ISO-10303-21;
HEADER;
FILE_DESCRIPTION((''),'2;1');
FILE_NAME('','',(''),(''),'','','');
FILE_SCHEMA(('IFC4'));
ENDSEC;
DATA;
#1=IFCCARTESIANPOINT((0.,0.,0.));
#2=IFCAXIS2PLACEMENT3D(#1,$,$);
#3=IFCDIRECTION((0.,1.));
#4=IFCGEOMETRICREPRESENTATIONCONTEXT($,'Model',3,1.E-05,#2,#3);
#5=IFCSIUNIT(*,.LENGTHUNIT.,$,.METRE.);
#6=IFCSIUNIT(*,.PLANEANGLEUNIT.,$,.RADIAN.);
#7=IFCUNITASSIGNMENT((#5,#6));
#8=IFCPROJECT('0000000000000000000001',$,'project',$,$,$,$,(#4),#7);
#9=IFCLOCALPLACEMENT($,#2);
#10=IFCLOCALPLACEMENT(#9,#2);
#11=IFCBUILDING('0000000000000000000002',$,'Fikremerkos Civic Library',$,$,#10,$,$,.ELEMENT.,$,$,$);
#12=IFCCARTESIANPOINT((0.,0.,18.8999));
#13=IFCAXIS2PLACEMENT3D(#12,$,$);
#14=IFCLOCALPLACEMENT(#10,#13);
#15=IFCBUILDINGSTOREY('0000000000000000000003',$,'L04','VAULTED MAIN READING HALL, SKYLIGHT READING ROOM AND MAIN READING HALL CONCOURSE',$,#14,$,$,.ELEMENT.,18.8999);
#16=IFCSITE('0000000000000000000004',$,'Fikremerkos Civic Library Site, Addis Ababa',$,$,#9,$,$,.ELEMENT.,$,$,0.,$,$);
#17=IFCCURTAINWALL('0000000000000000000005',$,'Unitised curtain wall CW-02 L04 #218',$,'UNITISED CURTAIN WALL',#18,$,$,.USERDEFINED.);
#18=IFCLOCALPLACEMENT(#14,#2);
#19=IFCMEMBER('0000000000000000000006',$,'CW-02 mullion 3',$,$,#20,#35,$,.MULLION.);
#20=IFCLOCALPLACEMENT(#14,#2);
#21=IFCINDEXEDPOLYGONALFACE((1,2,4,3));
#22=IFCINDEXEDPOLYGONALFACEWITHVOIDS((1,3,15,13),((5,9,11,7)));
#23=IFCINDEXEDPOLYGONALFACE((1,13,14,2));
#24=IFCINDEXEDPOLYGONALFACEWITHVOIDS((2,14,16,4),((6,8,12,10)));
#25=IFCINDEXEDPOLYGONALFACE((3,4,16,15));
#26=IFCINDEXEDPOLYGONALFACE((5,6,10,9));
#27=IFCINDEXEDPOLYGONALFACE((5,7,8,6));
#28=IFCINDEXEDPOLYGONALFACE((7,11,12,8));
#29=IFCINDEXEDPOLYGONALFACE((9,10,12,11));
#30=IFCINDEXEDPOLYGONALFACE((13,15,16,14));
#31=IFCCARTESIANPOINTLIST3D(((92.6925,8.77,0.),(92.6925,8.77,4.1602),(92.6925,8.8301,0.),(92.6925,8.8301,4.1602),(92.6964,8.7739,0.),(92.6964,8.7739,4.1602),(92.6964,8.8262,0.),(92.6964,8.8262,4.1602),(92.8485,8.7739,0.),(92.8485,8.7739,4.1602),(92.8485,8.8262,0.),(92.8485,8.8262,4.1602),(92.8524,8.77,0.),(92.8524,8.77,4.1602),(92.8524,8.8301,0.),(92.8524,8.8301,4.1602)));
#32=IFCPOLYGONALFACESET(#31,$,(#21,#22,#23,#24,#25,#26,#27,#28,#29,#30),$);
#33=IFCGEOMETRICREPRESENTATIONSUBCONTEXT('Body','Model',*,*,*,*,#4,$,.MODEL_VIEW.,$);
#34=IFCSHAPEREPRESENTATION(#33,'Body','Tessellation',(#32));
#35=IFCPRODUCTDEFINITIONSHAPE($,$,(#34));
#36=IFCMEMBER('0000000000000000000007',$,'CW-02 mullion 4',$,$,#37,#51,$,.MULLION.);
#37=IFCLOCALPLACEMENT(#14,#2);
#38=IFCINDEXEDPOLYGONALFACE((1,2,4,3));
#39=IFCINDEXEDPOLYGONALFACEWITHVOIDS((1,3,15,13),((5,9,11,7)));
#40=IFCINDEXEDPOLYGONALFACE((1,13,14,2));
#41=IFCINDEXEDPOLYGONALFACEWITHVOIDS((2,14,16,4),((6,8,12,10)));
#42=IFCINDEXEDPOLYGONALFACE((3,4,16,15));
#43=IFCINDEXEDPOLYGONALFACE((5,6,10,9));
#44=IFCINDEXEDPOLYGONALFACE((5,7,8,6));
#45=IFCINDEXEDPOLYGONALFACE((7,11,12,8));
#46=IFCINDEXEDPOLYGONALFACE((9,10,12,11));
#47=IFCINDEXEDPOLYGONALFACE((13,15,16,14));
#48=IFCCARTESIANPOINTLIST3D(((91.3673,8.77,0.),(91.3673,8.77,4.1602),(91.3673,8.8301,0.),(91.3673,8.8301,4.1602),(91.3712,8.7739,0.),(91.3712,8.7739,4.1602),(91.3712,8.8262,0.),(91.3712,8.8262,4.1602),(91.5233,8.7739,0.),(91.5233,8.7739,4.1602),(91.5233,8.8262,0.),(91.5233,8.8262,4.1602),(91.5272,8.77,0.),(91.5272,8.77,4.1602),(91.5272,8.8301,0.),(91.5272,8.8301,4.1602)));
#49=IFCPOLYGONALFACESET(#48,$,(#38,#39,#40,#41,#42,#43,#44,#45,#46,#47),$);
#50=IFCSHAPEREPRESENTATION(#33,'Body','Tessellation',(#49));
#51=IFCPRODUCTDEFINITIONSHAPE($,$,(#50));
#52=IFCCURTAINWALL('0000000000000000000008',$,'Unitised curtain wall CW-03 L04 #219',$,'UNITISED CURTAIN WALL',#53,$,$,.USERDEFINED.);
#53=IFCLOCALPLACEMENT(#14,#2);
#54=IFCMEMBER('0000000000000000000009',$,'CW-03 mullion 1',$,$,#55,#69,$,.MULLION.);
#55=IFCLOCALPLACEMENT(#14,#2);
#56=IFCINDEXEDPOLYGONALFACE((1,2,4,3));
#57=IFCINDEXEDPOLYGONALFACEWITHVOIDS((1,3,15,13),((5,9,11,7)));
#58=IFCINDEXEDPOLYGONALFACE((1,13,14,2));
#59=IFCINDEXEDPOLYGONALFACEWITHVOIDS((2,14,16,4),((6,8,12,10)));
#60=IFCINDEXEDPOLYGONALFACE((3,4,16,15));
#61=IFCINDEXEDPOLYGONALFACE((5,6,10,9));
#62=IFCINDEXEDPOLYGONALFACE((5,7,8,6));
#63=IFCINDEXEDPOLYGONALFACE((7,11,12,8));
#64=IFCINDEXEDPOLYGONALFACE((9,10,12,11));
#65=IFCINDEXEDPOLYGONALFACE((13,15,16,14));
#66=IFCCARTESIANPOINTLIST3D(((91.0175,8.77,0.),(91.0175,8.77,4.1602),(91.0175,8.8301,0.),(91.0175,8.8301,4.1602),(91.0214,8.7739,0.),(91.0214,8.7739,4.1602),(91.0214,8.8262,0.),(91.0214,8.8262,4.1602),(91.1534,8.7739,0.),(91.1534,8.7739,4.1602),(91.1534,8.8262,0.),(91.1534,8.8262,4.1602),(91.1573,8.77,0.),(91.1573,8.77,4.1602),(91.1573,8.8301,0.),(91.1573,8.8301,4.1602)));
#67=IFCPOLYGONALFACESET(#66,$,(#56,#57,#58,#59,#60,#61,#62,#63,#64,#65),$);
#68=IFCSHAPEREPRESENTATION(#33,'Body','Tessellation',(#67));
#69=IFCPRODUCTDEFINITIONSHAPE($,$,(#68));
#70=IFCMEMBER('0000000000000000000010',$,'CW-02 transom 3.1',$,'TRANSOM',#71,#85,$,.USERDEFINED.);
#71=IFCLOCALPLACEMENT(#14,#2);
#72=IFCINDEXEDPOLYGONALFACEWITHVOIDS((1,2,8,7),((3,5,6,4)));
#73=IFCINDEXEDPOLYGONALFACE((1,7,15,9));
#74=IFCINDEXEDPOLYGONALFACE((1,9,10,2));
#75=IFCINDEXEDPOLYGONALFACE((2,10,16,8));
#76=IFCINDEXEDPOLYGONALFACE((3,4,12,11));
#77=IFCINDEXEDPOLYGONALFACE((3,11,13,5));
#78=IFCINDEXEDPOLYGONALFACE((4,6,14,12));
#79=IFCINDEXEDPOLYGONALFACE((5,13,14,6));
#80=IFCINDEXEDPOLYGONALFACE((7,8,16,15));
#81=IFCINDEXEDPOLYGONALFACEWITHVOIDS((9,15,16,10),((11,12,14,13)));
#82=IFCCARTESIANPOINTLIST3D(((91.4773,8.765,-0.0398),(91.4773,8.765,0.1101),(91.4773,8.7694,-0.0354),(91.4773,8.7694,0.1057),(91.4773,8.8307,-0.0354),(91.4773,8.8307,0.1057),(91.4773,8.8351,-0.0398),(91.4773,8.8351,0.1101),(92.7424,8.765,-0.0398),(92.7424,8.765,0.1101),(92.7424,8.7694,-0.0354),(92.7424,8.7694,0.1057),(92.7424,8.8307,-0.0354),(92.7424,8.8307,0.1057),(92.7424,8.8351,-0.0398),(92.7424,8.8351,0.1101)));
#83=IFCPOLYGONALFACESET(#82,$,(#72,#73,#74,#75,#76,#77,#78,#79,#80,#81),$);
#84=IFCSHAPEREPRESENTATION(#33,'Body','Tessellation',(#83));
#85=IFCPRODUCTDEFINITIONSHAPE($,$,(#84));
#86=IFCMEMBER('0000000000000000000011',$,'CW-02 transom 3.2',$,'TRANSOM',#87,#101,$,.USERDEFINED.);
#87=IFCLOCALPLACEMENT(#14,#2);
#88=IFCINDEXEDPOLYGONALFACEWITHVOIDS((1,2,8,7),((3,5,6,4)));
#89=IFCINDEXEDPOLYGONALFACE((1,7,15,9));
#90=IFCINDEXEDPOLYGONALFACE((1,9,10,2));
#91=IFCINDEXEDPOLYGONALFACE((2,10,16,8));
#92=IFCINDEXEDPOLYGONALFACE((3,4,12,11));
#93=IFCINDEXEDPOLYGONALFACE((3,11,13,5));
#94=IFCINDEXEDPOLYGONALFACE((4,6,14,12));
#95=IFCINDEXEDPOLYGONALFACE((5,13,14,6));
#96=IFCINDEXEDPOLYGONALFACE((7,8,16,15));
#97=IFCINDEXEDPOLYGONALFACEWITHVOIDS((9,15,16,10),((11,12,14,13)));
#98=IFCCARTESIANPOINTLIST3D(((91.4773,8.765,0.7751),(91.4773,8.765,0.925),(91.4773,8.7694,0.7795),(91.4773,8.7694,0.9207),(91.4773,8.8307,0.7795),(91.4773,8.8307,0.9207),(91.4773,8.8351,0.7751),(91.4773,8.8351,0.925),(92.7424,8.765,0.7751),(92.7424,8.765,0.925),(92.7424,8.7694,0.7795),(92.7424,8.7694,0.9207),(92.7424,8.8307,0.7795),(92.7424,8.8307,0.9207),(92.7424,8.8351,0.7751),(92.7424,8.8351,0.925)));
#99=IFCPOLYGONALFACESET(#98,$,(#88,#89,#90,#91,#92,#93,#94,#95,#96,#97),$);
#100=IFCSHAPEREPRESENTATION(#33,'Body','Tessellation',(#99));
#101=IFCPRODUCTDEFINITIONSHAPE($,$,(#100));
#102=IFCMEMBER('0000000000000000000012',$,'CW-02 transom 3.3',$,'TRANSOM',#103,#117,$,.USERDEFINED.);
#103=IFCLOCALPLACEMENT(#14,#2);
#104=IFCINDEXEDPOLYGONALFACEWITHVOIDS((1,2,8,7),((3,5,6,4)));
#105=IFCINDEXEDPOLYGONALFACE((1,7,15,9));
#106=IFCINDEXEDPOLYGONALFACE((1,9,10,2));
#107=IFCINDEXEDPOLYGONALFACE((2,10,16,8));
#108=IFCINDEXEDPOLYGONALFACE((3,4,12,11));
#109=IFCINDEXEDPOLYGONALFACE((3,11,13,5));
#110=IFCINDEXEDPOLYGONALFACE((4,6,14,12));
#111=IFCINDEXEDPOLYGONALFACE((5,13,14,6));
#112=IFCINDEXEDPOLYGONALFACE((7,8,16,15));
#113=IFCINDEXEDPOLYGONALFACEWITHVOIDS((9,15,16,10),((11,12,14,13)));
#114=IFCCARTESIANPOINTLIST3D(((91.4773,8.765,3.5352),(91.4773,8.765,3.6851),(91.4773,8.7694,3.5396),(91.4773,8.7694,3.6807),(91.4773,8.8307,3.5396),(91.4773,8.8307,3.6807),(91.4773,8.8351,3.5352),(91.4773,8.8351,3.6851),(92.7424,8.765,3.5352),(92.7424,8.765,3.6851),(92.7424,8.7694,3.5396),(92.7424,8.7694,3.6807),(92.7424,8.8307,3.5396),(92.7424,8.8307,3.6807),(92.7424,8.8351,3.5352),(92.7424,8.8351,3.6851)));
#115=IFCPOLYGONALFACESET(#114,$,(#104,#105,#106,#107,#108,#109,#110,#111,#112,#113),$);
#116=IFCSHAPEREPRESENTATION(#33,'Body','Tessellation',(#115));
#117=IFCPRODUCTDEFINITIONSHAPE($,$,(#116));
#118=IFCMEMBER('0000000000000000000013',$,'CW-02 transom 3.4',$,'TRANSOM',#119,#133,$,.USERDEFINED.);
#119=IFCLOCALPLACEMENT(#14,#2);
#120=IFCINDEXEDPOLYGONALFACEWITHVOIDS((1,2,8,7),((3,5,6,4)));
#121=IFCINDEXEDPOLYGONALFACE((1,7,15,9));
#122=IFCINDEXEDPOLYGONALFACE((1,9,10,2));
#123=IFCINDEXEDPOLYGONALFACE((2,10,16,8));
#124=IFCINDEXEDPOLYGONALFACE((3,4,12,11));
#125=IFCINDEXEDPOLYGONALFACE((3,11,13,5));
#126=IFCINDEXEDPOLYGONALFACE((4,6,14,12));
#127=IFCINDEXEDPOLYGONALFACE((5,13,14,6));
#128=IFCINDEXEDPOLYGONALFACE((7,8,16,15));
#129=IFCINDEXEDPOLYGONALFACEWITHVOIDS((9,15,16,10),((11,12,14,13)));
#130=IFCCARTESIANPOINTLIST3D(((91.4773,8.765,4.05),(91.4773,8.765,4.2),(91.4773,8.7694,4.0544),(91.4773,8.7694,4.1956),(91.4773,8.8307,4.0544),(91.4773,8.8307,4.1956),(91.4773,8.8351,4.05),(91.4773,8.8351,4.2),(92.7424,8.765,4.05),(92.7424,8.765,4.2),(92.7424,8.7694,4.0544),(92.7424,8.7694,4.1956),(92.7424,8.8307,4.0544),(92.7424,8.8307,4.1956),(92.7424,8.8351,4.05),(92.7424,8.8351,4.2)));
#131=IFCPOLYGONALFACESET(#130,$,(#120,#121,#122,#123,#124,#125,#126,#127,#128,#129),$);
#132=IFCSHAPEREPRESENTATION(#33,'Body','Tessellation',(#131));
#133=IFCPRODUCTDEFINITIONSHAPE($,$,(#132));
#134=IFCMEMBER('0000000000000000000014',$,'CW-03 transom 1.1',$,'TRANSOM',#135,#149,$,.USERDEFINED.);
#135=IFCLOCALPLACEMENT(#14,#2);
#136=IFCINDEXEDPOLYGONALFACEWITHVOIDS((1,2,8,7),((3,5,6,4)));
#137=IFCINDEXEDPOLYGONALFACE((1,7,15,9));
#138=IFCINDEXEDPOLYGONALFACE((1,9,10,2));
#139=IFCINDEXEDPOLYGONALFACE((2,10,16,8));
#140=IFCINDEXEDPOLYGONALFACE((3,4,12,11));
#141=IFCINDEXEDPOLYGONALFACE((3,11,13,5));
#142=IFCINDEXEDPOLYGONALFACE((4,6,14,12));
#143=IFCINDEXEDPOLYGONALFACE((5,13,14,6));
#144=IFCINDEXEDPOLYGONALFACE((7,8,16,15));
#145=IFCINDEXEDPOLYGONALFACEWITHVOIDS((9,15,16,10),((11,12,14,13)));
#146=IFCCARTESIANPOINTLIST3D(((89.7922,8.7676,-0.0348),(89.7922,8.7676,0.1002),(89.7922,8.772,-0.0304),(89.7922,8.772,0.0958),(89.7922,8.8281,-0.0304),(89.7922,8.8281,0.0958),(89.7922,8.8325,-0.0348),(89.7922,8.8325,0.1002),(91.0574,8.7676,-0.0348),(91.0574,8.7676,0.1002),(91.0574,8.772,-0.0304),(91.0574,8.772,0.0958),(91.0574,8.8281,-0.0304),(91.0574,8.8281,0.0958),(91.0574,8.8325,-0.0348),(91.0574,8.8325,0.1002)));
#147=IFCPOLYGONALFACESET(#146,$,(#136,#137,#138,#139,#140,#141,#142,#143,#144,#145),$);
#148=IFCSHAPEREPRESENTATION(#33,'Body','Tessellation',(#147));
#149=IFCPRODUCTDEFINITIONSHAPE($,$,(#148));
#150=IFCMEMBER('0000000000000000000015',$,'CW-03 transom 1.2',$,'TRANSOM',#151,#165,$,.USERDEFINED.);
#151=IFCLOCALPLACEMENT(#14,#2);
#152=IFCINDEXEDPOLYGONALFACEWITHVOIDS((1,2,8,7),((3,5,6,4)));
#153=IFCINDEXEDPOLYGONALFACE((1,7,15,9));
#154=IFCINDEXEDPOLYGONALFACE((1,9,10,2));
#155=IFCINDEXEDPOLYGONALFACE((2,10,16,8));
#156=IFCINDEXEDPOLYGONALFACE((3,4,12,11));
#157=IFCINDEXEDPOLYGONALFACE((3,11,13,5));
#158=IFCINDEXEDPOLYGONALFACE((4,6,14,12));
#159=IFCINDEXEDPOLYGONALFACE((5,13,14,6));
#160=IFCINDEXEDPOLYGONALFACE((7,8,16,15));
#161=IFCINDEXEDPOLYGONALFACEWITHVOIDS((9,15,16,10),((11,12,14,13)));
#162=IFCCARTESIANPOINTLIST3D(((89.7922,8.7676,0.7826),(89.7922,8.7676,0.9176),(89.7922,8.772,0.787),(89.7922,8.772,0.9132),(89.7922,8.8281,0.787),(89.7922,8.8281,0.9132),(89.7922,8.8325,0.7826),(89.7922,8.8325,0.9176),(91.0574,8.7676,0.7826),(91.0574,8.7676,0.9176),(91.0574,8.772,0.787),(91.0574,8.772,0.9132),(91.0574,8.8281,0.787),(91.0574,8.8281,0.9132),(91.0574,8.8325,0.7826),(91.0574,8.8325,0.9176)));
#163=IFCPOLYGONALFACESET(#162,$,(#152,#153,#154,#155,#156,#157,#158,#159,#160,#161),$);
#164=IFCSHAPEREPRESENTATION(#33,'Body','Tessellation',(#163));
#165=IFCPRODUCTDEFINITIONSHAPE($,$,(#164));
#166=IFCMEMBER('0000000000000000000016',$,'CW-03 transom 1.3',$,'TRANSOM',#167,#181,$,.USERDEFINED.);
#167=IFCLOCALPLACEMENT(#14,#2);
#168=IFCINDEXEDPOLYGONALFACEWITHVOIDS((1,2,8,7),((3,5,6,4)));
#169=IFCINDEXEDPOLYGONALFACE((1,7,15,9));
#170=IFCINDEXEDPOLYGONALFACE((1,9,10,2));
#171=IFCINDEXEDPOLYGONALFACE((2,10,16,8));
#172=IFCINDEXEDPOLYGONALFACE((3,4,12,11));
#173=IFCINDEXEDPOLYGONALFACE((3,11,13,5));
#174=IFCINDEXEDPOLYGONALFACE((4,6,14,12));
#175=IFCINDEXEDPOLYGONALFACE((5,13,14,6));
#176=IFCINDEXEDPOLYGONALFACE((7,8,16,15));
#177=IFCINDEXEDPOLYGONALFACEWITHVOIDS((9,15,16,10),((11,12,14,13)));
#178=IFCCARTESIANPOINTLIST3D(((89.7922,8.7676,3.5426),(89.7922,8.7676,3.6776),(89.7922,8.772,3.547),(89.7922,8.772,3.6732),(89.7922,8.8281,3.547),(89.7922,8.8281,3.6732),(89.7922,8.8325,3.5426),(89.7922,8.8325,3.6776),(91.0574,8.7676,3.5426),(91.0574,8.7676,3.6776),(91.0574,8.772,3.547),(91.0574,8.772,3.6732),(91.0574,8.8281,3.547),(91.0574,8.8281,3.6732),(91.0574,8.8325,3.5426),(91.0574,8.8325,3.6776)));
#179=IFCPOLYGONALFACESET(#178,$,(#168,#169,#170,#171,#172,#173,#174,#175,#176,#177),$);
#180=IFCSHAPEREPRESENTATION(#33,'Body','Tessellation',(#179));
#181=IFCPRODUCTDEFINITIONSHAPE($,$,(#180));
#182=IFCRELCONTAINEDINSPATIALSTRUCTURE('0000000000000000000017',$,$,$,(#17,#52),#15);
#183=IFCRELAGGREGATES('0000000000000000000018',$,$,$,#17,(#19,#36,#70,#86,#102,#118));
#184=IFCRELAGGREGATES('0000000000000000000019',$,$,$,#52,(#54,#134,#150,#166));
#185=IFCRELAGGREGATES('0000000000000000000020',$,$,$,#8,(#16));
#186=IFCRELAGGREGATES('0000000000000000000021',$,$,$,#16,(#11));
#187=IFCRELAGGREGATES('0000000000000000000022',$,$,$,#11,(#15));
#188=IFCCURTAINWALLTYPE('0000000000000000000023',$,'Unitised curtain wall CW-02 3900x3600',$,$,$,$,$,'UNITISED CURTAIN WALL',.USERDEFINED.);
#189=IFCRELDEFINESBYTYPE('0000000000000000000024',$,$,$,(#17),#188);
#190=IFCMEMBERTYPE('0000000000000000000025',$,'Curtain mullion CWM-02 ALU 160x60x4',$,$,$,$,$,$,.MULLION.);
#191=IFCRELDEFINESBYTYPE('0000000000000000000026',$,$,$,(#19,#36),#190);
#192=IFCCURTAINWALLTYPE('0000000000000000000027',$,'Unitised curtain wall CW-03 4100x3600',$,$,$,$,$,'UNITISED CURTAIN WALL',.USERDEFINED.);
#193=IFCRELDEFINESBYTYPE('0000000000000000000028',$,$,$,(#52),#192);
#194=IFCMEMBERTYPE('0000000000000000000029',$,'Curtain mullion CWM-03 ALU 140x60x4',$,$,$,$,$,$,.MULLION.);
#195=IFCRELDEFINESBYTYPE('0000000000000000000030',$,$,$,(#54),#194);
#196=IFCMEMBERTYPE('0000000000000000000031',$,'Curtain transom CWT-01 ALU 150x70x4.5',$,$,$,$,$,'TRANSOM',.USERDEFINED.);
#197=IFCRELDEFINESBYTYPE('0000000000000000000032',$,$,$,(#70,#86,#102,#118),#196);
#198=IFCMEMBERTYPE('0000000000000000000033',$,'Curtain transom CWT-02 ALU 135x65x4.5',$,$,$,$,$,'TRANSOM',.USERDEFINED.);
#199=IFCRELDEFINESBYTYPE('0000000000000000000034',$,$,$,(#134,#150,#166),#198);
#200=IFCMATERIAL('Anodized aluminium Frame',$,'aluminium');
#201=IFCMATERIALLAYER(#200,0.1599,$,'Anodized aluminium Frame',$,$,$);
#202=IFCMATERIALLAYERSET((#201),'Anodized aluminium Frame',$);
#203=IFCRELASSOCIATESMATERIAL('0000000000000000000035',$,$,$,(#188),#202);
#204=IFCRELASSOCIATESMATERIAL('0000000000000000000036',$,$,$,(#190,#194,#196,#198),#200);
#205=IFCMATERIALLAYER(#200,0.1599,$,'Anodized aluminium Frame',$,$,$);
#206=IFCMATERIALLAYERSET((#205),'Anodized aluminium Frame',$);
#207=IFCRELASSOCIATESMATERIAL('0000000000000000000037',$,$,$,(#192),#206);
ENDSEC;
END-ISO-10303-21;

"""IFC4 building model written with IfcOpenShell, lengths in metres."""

from ifc_helpers import new_model, si_unit, direction, frame, origin, origin_2d, place, context, subcontext, project, spatial, hollow_rectangle, extrude, material, layer, layer_set, material_profile, profile_set, type_object, element, aggregate, save


model = new_model("IFC4")

# Units and contexts
model_context = context("Model", 3, precision=1e-05, world=origin(), true_north=direction((0.0, 1.0)))
body_context = subcontext(model_context, "Body", "Model", "MODEL_VIEW")
ifc_project = project(units=[si_unit("LENGTHUNIT", "METRE"), si_unit("PLANEANGLEUNIT", "RADIAN")], contexts=[model_context])

# Site, building, storey
site_placement = place(None, origin())
site = spatial("IfcSite", under=ifc_project, at=site_placement, Name="Fikremerkos Civic Library Site, Addis Ababa", CompositionType="ELEMENT", RefElevation=0.0)
building_placement = place(site_placement, origin())
building = spatial("IfcBuilding", under=site, at=building_placement, Name="Fikremerkos Civic Library", CompositionType="ELEMENT")
storey_placement = place(building_placement, frame((0.0, 0.0, 18.8999)))
storey = spatial("IfcBuildingStorey", under=building, at=storey_placement, Name="L04", Description="VAULTED MAIN READING HALL, SKYLIGHT READING ROOM AND MAIN READING HALL CONCOURSE", CompositionType="ELEMENT", Elevation=18.8999)

# Curtain wall, members
ifc_material_1 = material(Name="Anodized aluminium Frame", Category="aluminium")
ifc_layer_1 = layer(ifc_material_1, 0.1599, Name="Anodized aluminium Frame")
ifc_layer_set_1 = layer_set([ifc_layer_1], Name="Anodized aluminium Frame")
curtain_wall_type_1 = type_object("IfcCurtainWallType", Name="Unitised curtain wall CW-02 3900x3600", ElementType="UNITISED CURTAIN WALL", PredefinedType="USERDEFINED", material=ifc_layer_set_1)
curtain_wall_1_placement = place(storey_placement, origin())
curtain_wall_1 = element("IfcCurtainWall", 1, at=curtain_wall_1_placement, inside=storey, type_object=curtain_wall_type_1, Name="Unitised curtain wall CW-02 L04 #218", ObjectType="UNITISED CURTAIN WALL", PredefinedType="USERDEFINED")
ifc_material_profile_1 = material_profile(ifc_material_1, hollow_rectangle(XDim=0.0601, YDim=0.1599, WallThickness=0.0039, at=origin_2d()), Name="ALU 160x60x4")
ifc_profile_set_1 = profile_set([ifc_material_profile_1], Name="Anodized aluminium Frame")
member_type_1 = type_object("IfcMemberType", Name="Curtain mullion CWM-02 ALU 160x60x4", PredefinedType="MULLION", material=ifc_profile_set_1)
member_1_placement = place(storey_placement, frame((92.7725, 8.8, 0.0), z_axis=(0.0, 0.0, 1.0), x_axis=(0.0, -1.0, 0.0)))
member_1 = element("IfcMember", 2, at=member_1_placement, type_object=member_type_1, Name="CW-02 mullion 3", PredefinedType="MULLION", context=body_context, shape_type="SweptSolid", body=[
    extrude(hollow_rectangle(XDim=0.0601, YDim=0.1599, WallThickness=0.0039, at=origin_2d()), origin(), (0.0, 0.0, 1.0), 4.1602),
])
member_2_placement = place(storey_placement, frame((91.4473, 8.8, 0.0), z_axis=(0.0, 0.0, 1.0), x_axis=(0.0, -1.0, 0.0)))
member_2 = element("IfcMember", 3, at=member_2_placement, type_object=member_type_1, Name="CW-02 mullion 4", PredefinedType="MULLION", context=body_context, shape_type="SweptSolid", body=[
    extrude(hollow_rectangle(XDim=0.0601, YDim=0.1599, WallThickness=0.0039, at=origin_2d()), origin(), (0.0, 0.0, 1.0), 4.1602),
])

# Curtain wall, member
ifc_layer_2 = layer(ifc_material_1, 0.1599, Name="Anodized aluminium Frame")
ifc_layer_set_2 = layer_set([ifc_layer_2], Name="Anodized aluminium Frame")
curtain_wall_type_2 = type_object("IfcCurtainWallType", Name="Unitised curtain wall CW-03 4100x3600", ElementType="UNITISED CURTAIN WALL", PredefinedType="USERDEFINED", material=ifc_layer_set_2)
curtain_wall_2_placement = place(storey_placement, origin())
curtain_wall_2 = element("IfcCurtainWall", 4, at=curtain_wall_2_placement, inside=storey, type_object=curtain_wall_type_2, Name="Unitised curtain wall CW-03 L04 #219", ObjectType="UNITISED CURTAIN WALL", PredefinedType="USERDEFINED")
ifc_material_profile_2 = material_profile(ifc_material_1, hollow_rectangle(XDim=0.0601, YDim=0.1399, WallThickness=0.0039, at=origin_2d()), Name="ALU 140x60x4")
ifc_profile_set_2 = profile_set([ifc_material_profile_2], Name="Anodized aluminium Frame")
member_type_2 = type_object("IfcMemberType", Name="Curtain mullion CWM-03 ALU 140x60x4", PredefinedType="MULLION", material=ifc_profile_set_2)
member_3_placement = place(storey_placement, frame((91.0874, 8.8, 0.0), z_axis=(0.0, 0.0, 1.0), x_axis=(0.0, -1.0, 0.0)))
member_3 = element("IfcMember", 5, at=member_3_placement, type_object=member_type_2, Name="CW-03 mullion 1", PredefinedType="MULLION", context=body_context, shape_type="SweptSolid", body=[
    extrude(hollow_rectangle(XDim=0.0601, YDim=0.1399, WallThickness=0.0039, at=origin_2d()), origin(), (0.0, 0.0, 1.0), 4.1602),
])

# Members
ifc_material_profile_3 = material_profile(ifc_material_1, hollow_rectangle(XDim=0.0701, YDim=0.1499, WallThickness=0.0044, at=origin_2d()), Name="ALU 150x70x4.5")
ifc_profile_set_3 = profile_set([ifc_material_profile_3], Name="Anodized aluminium Frame")
member_type_3 = type_object("IfcMemberType", Name="Curtain transom CWT-01 ALU 150x70x4.5", ElementType="TRANSOM", PredefinedType="USERDEFINED", material=ifc_profile_set_3)
member_4_placement = place(storey_placement, frame((92.7424, 8.8, 0.0352), z_axis=(-1.0, 0.0, 0.0), x_axis=(0.0, -1.0, 0.0)))
member_4 = element("IfcMember", 6, at=member_4_placement, type_object=member_type_3, Name="CW-02 transom 3.1", ObjectType="TRANSOM", PredefinedType="USERDEFINED", context=body_context, shape_type="SweptSolid", body=[
    extrude(hollow_rectangle(XDim=0.0701, YDim=0.1499, WallThickness=0.0044, at=origin_2d()), origin(), (0.0, 0.0, 1.0), 1.2651),
])
member_5_placement = place(storey_placement, frame((92.7424, 8.8, 0.8501), z_axis=(-1.0, 0.0, 0.0), x_axis=(0.0, -1.0, 0.0)))
member_5 = element("IfcMember", 7, at=member_5_placement, type_object=member_type_3, Name="CW-02 transom 3.2", ObjectType="TRANSOM", PredefinedType="USERDEFINED", context=body_context, shape_type="SweptSolid", body=[
    extrude(hollow_rectangle(XDim=0.0701, YDim=0.1499, WallThickness=0.0044, at=origin_2d()), origin(), (0.0, 0.0, 1.0), 1.2651),
])
member_6_placement = place(storey_placement, frame((92.7424, 8.8, 3.6101), z_axis=(-1.0, 0.0, 0.0), x_axis=(0.0, -1.0, 0.0)))
member_6 = element("IfcMember", 8, at=member_6_placement, type_object=member_type_3, Name="CW-02 transom 3.3", ObjectType="TRANSOM", PredefinedType="USERDEFINED", context=body_context, shape_type="SweptSolid", body=[
    extrude(hollow_rectangle(XDim=0.0701, YDim=0.1499, WallThickness=0.0044, at=origin_2d()), origin(), (0.0, 0.0, 1.0), 1.2651),
])
member_7_placement = place(storey_placement, frame((92.7424, 8.8, 4.125), z_axis=(-1.0, 0.0, 0.0), x_axis=(0.0, -1.0, 0.0)))
member_7 = element("IfcMember", 9, at=member_7_placement, type_object=member_type_3, Name="CW-02 transom 3.4", ObjectType="TRANSOM", PredefinedType="USERDEFINED", context=body_context, shape_type="SweptSolid", body=[
    extrude(hollow_rectangle(XDim=0.0701, YDim=0.1499, WallThickness=0.0044, at=origin_2d()), origin(), (0.0, 0.0, 1.0), 1.2651),
])
ifc_material_profile_4 = material_profile(ifc_material_1, hollow_rectangle(XDim=0.0649, YDim=0.135, WallThickness=0.0044, at=origin_2d()), Name="ALU 135x65x4.5")
ifc_profile_set_4 = profile_set([ifc_material_profile_4], Name="Anodized aluminium Frame")
member_type_4 = type_object("IfcMemberType", Name="Curtain transom CWT-02 ALU 135x65x4.5", ElementType="TRANSOM", PredefinedType="USERDEFINED", material=ifc_profile_set_4)
member_8_placement = place(storey_placement, frame((91.0574, 8.8, 0.0327), z_axis=(-1.0, 0.0, 0.0), x_axis=(0.0, -1.0, 0.0)))
member_8 = element("IfcMember", 10, at=member_8_placement, type_object=member_type_4, Name="CW-03 transom 1.1", ObjectType="TRANSOM", PredefinedType="USERDEFINED", context=body_context, shape_type="SweptSolid", body=[
    extrude(hollow_rectangle(XDim=0.0649, YDim=0.135, WallThickness=0.0044, at=origin_2d()), origin(), (0.0, 0.0, 1.0), 1.2651),
])
member_9_placement = place(storey_placement, frame((91.0574, 8.8, 0.8501), z_axis=(-1.0, 0.0, 0.0), x_axis=(0.0, -1.0, 0.0)))
member_9 = element("IfcMember", 11, at=member_9_placement, type_object=member_type_4, Name="CW-03 transom 1.2", ObjectType="TRANSOM", PredefinedType="USERDEFINED", context=body_context, shape_type="SweptSolid", body=[
    extrude(hollow_rectangle(XDim=0.0649, YDim=0.135, WallThickness=0.0044, at=origin_2d()), origin(), (0.0, 0.0, 1.0), 1.2651),
])
member_10_placement = place(storey_placement, frame((91.0574, 8.8, 3.6101), z_axis=(-1.0, 0.0, 0.0), x_axis=(0.0, -1.0, 0.0)))
member_10 = element("IfcMember", 12, at=member_10_placement, type_object=member_type_4, Name="CW-03 transom 1.3", ObjectType="TRANSOM", PredefinedType="USERDEFINED", context=body_context, shape_type="SweptSolid", body=[
    extrude(hollow_rectangle(XDim=0.0649, YDim=0.135, WallThickness=0.0044, at=origin_2d()), origin(), (0.0, 0.0, 1.0), 1.2651),
])

aggregate(curtain_wall_1, [member_1, member_2, member_4, member_5, member_6, member_7])
aggregate(curtain_wall_2, [member_3, member_8, member_9, member_10])

save(model, "model.ifc")
